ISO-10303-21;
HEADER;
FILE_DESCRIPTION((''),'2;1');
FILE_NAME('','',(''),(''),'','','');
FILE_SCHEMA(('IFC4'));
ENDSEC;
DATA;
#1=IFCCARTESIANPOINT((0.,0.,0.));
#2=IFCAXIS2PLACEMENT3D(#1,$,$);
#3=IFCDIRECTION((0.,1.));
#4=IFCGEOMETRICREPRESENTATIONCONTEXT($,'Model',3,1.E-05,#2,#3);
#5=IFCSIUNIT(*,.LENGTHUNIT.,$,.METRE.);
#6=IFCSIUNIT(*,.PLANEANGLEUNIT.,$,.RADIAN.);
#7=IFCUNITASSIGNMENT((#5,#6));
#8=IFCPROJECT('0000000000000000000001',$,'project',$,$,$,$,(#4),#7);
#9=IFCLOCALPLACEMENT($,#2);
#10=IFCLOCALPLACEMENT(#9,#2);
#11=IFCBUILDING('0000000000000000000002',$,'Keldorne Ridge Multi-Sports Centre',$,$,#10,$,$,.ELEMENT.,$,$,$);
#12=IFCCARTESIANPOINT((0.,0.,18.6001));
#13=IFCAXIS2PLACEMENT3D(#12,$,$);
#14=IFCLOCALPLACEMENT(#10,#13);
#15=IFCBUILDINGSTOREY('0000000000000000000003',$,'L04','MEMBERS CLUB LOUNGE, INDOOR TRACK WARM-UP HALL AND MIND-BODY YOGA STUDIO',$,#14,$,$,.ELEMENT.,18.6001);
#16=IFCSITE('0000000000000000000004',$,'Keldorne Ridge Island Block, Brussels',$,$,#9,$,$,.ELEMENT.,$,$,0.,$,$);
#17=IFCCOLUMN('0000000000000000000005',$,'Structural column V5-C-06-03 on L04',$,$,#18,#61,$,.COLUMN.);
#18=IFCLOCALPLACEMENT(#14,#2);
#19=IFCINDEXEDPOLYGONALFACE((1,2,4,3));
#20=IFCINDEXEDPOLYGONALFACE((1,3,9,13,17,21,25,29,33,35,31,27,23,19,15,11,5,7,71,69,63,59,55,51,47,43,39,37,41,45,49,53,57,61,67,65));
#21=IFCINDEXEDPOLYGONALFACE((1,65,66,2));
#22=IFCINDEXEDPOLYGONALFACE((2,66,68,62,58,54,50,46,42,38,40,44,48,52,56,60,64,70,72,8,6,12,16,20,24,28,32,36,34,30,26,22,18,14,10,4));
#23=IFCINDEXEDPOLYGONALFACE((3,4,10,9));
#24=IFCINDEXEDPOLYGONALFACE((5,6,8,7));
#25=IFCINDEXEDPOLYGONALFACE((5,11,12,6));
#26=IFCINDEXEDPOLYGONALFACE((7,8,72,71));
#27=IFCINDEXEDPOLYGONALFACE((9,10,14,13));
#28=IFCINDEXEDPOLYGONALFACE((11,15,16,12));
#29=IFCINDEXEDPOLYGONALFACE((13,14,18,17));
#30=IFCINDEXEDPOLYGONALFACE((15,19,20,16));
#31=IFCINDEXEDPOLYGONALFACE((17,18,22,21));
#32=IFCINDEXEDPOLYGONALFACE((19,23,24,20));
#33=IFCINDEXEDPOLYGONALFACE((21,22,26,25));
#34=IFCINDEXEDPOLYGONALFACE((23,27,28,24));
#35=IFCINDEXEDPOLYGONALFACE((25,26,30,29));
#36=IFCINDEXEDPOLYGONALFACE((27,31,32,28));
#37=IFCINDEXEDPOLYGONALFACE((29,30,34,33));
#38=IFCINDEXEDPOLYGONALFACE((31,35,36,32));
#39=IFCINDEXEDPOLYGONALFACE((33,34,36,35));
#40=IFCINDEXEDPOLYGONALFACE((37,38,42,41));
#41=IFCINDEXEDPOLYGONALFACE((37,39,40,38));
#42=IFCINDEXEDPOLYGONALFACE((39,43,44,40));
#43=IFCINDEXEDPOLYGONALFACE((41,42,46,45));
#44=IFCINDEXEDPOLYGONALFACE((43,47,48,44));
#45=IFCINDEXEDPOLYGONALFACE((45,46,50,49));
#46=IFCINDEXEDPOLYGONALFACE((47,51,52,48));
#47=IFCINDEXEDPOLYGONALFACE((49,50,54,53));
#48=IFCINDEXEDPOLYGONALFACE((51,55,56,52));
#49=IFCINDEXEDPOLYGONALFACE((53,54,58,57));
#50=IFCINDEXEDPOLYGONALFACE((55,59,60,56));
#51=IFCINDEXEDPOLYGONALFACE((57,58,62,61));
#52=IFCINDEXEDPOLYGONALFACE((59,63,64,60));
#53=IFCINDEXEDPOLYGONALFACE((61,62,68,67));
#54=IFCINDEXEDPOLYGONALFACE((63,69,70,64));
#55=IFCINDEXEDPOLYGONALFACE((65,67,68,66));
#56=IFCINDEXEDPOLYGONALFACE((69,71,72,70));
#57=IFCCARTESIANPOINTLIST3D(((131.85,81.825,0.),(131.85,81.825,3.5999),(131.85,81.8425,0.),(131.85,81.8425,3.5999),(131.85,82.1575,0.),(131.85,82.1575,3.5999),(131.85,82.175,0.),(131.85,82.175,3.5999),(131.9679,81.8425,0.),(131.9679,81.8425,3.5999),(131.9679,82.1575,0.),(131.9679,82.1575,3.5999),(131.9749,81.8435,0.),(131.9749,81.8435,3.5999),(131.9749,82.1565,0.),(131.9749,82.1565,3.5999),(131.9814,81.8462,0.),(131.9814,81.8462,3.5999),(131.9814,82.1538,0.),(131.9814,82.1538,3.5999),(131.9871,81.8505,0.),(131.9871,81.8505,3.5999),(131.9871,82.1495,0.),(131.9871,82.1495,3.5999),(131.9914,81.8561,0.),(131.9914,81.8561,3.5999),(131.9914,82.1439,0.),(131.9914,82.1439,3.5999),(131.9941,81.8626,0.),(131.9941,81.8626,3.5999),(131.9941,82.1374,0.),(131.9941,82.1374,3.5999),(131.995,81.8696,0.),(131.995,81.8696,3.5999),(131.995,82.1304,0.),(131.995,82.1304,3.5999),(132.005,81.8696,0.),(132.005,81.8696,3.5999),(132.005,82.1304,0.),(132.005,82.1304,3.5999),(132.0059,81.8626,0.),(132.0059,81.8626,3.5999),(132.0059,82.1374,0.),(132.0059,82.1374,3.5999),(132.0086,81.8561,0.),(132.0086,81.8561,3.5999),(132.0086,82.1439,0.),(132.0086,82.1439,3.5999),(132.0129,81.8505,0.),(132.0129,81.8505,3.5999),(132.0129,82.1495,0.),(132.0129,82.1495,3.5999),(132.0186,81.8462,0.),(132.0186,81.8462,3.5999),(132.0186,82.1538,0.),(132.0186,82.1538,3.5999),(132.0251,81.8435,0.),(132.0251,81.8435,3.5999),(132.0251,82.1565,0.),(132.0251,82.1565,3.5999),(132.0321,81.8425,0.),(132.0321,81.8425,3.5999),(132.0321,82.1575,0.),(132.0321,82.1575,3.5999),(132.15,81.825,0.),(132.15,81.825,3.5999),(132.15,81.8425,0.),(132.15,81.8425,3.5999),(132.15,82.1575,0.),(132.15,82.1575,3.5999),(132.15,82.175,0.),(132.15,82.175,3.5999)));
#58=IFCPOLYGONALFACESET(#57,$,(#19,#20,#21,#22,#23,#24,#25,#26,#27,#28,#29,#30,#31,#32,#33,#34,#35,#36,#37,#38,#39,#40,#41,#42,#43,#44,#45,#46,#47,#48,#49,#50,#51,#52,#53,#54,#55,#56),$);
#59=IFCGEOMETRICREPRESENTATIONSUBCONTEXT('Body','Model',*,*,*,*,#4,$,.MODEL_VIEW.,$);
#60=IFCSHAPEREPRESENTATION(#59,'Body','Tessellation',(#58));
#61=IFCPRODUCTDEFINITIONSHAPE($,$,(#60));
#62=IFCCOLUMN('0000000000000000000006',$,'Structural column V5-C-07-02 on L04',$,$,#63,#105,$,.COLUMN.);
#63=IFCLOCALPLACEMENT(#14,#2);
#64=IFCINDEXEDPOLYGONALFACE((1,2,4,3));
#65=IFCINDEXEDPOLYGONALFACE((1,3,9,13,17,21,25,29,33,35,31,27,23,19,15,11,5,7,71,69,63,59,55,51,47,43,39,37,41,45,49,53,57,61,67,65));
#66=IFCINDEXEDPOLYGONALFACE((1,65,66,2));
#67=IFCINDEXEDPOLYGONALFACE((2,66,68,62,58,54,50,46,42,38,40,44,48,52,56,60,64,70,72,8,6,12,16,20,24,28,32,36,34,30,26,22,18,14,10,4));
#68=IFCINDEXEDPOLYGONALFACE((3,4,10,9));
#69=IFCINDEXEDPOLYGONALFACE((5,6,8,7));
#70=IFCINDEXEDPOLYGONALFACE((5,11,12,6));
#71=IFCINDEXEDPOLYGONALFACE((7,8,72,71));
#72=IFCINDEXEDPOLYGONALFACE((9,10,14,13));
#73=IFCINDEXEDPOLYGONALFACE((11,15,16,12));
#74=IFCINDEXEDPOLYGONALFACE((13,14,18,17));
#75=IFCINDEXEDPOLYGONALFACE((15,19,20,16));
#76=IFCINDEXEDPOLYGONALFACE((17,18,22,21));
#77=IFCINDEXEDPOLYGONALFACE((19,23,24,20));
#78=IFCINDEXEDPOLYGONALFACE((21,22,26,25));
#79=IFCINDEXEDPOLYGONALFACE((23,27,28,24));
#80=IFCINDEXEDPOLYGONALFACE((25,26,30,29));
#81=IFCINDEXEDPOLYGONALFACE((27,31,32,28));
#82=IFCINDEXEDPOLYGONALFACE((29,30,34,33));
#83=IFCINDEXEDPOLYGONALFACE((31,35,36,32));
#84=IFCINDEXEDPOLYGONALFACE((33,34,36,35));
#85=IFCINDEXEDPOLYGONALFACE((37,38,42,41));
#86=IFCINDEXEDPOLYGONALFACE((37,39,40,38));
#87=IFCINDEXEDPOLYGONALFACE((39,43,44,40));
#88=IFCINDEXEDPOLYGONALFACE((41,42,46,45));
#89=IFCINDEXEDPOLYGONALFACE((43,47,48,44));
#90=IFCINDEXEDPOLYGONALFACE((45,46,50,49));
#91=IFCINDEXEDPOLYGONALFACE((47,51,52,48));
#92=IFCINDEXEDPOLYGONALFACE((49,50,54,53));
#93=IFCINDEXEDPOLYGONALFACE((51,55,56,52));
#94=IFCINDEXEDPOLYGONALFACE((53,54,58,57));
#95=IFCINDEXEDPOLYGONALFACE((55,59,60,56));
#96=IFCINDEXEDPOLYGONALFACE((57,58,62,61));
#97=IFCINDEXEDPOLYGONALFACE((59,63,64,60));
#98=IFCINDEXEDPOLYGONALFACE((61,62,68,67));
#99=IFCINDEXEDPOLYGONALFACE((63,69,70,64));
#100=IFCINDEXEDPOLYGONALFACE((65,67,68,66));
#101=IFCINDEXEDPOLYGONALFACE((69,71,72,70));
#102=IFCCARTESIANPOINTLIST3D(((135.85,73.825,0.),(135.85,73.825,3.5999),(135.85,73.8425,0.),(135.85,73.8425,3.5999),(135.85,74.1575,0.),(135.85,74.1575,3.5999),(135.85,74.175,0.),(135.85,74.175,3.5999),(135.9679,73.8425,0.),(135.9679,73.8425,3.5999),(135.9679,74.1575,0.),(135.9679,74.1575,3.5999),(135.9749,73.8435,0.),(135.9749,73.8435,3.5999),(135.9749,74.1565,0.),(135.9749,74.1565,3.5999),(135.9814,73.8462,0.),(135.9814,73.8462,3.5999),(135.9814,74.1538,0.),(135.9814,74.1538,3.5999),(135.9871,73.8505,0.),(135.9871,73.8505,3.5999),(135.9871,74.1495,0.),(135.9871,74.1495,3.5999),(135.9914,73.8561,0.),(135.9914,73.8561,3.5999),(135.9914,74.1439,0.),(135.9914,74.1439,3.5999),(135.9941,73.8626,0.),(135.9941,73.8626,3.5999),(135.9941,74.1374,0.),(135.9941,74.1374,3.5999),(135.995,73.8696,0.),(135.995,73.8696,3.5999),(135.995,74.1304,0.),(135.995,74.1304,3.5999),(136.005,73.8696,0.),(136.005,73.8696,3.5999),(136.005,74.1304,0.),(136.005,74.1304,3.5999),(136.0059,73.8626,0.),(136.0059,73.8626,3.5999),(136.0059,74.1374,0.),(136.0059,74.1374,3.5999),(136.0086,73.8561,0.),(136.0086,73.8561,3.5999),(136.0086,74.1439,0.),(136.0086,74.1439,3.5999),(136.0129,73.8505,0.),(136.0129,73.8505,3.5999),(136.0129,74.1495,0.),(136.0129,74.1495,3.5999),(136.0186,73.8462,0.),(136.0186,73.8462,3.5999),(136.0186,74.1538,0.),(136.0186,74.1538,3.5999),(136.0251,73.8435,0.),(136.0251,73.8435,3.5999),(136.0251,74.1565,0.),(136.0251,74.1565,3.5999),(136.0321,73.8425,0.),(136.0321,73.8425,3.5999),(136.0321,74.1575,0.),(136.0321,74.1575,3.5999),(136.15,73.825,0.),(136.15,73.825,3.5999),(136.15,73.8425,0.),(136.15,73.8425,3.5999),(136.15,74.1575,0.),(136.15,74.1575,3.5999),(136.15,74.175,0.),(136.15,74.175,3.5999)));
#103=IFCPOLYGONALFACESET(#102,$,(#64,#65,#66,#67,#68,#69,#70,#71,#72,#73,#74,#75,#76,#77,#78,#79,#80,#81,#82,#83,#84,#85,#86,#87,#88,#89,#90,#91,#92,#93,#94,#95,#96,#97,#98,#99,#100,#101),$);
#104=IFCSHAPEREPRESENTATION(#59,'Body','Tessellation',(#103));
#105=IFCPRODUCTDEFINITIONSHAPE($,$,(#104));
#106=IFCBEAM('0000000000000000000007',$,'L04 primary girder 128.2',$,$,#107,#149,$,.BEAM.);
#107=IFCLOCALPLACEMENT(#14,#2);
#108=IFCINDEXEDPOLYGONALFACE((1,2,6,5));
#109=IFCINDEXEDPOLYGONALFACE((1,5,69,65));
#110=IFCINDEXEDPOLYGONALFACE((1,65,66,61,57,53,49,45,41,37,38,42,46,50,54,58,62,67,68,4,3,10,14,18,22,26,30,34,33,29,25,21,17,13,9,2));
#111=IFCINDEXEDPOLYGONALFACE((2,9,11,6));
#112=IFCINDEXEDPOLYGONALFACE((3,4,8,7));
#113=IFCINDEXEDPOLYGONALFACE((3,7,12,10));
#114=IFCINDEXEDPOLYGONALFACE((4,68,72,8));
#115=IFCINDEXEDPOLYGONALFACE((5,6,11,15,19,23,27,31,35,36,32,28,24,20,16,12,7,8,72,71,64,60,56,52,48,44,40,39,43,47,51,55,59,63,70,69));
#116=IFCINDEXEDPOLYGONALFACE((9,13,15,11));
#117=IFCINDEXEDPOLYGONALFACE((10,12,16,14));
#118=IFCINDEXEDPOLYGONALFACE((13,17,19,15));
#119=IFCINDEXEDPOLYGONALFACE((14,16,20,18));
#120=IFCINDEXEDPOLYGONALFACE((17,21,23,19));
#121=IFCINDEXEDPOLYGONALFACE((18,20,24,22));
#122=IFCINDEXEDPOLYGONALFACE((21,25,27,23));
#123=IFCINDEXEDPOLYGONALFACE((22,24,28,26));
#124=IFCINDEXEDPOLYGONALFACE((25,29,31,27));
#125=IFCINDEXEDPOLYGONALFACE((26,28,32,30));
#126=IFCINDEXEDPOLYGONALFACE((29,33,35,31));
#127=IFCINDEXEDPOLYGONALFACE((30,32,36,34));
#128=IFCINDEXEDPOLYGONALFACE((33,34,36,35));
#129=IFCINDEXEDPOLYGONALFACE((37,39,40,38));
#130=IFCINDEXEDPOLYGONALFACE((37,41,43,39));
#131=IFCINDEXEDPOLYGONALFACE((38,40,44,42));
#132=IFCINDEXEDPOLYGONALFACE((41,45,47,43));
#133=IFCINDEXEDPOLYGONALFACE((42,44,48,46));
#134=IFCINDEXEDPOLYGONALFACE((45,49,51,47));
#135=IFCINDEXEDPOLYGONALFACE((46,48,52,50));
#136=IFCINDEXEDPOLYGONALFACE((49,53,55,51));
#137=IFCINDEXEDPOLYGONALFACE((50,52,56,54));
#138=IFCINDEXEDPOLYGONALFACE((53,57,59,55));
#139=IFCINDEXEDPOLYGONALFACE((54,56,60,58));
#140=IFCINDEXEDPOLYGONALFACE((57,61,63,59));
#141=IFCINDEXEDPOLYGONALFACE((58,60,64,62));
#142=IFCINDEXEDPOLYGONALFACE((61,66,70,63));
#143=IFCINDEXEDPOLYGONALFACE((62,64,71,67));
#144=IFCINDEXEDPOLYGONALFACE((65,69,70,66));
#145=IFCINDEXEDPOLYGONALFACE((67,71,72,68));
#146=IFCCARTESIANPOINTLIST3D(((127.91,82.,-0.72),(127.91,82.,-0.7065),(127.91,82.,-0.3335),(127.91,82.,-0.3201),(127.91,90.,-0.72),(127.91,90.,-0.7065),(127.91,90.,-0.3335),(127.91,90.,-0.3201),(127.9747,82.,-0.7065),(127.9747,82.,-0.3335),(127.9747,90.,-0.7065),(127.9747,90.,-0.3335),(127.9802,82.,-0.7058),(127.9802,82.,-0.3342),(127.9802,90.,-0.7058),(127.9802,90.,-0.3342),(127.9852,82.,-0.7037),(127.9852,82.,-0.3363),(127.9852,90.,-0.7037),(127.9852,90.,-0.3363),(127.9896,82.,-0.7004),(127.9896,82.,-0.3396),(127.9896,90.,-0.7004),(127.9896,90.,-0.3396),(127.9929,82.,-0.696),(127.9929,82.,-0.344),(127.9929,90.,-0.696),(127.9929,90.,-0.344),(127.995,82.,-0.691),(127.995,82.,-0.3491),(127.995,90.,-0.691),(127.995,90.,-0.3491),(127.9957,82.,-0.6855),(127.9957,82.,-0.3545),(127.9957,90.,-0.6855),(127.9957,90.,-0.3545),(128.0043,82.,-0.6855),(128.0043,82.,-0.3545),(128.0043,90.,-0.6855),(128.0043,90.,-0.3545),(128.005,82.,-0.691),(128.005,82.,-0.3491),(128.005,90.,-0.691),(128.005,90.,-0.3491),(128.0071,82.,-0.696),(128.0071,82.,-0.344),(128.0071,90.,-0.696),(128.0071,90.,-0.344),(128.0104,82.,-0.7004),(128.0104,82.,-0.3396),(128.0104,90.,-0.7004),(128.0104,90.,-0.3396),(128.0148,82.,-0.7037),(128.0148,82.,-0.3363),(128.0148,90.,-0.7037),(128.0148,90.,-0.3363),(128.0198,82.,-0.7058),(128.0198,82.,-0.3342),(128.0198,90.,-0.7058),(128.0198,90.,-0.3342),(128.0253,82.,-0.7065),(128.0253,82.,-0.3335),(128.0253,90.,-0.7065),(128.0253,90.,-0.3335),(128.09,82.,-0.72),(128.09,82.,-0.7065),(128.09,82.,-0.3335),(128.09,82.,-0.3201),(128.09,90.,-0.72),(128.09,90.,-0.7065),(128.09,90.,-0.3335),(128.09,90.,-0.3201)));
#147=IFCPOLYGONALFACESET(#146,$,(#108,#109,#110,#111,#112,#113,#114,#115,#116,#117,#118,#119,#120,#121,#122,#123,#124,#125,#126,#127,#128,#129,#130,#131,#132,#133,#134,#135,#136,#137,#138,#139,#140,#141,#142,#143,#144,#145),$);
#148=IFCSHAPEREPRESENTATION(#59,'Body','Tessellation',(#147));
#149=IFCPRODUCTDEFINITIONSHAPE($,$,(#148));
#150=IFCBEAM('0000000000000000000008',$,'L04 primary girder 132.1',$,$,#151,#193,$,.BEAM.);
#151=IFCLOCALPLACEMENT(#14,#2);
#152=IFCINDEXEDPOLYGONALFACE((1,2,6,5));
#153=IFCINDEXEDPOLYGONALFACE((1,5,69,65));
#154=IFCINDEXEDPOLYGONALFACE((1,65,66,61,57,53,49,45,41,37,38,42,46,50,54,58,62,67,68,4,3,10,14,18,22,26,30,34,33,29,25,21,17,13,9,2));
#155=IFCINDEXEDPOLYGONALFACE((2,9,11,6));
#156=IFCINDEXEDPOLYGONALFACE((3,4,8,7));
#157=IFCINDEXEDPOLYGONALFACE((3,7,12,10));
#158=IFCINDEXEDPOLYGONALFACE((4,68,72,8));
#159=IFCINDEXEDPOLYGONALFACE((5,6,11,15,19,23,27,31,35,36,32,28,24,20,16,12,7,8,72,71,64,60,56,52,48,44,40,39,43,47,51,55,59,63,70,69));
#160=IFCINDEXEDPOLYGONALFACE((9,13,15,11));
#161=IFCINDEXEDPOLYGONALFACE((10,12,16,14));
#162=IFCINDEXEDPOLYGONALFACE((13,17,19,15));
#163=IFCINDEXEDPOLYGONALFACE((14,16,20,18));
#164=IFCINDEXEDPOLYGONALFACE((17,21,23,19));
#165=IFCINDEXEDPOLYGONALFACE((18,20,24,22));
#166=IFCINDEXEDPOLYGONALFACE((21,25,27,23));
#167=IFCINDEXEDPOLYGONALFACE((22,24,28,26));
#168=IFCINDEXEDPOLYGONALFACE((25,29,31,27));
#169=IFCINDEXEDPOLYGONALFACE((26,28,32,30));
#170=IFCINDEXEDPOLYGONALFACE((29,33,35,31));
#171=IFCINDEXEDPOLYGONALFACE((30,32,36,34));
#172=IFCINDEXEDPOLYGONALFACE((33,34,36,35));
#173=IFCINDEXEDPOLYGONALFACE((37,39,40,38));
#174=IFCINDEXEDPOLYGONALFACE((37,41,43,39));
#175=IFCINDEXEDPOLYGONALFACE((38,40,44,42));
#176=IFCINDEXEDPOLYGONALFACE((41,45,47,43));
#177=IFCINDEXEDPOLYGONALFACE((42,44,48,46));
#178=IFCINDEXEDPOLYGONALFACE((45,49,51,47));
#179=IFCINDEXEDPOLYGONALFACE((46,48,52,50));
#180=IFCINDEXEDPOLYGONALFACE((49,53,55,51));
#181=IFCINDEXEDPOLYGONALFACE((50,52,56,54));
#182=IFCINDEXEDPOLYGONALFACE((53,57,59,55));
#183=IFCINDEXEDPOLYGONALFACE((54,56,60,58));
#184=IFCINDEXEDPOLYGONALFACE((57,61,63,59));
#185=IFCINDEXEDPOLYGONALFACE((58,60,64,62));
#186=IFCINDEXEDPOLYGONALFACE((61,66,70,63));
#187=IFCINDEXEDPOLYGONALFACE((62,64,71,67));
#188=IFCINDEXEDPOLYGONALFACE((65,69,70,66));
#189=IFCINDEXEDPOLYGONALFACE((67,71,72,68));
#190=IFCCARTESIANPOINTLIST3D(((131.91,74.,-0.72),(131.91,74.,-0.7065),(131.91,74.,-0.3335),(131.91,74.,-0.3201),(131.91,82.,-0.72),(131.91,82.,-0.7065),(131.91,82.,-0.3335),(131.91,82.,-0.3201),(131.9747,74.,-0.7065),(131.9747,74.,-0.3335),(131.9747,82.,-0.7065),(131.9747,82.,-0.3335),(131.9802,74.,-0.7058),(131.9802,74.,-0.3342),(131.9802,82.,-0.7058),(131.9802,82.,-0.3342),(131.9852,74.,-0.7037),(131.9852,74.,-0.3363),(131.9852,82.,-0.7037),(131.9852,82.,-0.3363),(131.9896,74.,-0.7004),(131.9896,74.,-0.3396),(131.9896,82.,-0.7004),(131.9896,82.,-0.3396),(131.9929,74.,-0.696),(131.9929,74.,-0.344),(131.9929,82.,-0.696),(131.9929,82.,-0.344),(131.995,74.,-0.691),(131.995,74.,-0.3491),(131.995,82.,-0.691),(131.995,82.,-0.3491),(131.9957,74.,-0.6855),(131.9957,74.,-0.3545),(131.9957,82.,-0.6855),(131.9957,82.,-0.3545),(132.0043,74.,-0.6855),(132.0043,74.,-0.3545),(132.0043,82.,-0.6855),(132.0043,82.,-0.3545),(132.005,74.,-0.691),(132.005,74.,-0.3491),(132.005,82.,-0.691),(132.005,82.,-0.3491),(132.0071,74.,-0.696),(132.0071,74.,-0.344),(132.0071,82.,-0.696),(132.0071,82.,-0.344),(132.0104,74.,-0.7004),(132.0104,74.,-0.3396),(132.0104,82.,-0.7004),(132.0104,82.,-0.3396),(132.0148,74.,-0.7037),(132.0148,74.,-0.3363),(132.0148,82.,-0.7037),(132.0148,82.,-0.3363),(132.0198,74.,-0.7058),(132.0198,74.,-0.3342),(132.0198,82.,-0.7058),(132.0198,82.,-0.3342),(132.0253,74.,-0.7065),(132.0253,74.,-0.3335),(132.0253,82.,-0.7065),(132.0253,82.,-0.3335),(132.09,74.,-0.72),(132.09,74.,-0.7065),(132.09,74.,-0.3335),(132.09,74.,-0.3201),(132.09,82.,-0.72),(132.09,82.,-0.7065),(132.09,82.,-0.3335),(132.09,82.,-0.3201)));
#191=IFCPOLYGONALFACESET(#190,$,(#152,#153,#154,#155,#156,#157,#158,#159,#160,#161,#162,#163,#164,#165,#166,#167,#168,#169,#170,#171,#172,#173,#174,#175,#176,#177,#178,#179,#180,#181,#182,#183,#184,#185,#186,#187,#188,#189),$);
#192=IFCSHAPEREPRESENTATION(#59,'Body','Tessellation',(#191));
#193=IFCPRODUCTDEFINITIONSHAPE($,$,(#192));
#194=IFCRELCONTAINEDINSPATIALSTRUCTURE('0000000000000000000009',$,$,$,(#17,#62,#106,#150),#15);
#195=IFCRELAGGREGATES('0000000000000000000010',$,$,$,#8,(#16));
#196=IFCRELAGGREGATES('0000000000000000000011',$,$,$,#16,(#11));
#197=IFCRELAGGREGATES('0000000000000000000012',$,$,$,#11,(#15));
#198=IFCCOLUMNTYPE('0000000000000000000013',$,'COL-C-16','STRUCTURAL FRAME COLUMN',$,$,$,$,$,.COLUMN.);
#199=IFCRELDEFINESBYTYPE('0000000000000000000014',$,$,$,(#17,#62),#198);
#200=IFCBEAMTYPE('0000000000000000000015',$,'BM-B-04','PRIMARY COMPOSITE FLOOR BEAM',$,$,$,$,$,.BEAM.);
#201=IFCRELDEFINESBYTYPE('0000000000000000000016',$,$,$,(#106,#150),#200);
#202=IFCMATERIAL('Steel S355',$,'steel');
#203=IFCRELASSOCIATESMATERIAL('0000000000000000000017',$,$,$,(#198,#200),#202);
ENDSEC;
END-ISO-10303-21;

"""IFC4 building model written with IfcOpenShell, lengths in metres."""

from ifc_helpers import new_model, si_unit, direction, frame, origin, origin_2d, place, context, subcontext, project, spatial, i_section, extrude, material, material_profile, profile_set, type_object, element, save


model = new_model("IFC4")

# Units and contexts
model_context = context("Model", 3, precision=1e-05, world=origin(), true_north=direction((0.0, 1.0)))
body_context = subcontext(model_context, "Body", "Model", "MODEL_VIEW")
ifc_project = project(units=[si_unit("LENGTHUNIT", "METRE"), si_unit("PLANEANGLEUNIT", "RADIAN")], contexts=[model_context])

# Site, building, storey
site_placement = place(None, origin())
site = spatial("IfcSite", under=ifc_project, at=site_placement, Name="Keldorne Ridge Island Block, Brussels", CompositionType="ELEMENT", RefElevation=0.0)
building_placement = place(site_placement, origin())
building = spatial("IfcBuilding", under=site, at=building_placement, Name="Keldorne Ridge Multi-Sports Centre", CompositionType="ELEMENT")
storey_placement = place(building_placement, frame((0.0, 0.0, 18.6001)))
storey = spatial("IfcBuildingStorey", under=building, at=storey_placement, Name="L04", Description="MEMBERS CLUB LOUNGE, INDOOR TRACK WARM-UP HALL AND MIND-BODY YOGA STUDIO", CompositionType="ELEMENT", Elevation=18.6001)

# Columns
ifc_material_1 = material(Name="Steel S355", Category="steel")
ifc_material_profile_1 = material_profile(ifc_material_1, i_section(OverallWidth=0.3, OverallDepth=0.3501, WebThickness=0.01, FlangeThickness=0.0176, FilletRadius=0.0271, at=origin_2d()), Name="HEA 360")
ifc_profile_set_1 = profile_set([ifc_material_profile_1], Name="Steel S355")
column_type = type_object("IfcColumnType", Name="COL-C-16", Description="STRUCTURAL FRAME COLUMN", PredefinedType="COLUMN", material=ifc_profile_set_1)
for number, where, z_axis, x_axis, name in (
    (1, (132.0, 82.0, 0.0), (0.0, 0.0, 1.0), (1.0, 0.0, 0.0), "Structural column V5-C-06-03 on L04"),
    (2, (136.0, 74.0, 0.0), (0.0, 0.0, 1.0), (1.0, 0.0, 0.0), "Structural column V5-C-07-02 on L04"),
):
    element("IfcColumn", number, at=place(storey_placement, frame(where, z_axis=z_axis, x_axis=x_axis)), inside=storey, type_object=column_type, Name=name, PredefinedType="COLUMN", context=body_context, shape_type="SweptSolid", body=[
        extrude(i_section(OverallWidth=0.3, OverallDepth=0.3501, WebThickness=0.01, FlangeThickness=0.0176, FilletRadius=0.0271, at=origin_2d()), origin(), (0.0, 0.0, 1.0), 3.5999),
    ])

# Beams
ifc_material_profile_2 = material_profile(ifc_material_1, i_section(OverallWidth=0.1799, OverallDepth=0.3999, WebThickness=0.0085, FlangeThickness=0.0134, FilletRadius=0.021, at=origin_2d()), Name="IPE 400")
ifc_profile_set_2 = profile_set([ifc_material_profile_2], Name="Steel S355")
beam_type_1 = type_object("IfcBeamType", Name="BM-B-04", Description="PRIMARY COMPOSITE FLOOR BEAM", PredefinedType="BEAM", material=ifc_profile_set_2)
for number, where, z_axis, x_axis, name in (
    (3, (128.0, 82.0, -0.52), (0.0, 1.0, 0.0), (-1.0, 0.0, 0.0), "L04 primary girder 128.2"),
    (4, (132.0, 74.0, -0.52), (0.0, 1.0, 0.0), (-1.0, 0.0, 0.0), "L04 primary girder 132.1"),
):
    element("IfcBeam", number, at=place(storey_placement, frame(where, z_axis=z_axis, x_axis=x_axis)), inside=storey, type_object=beam_type_1, Name=name, PredefinedType="BEAM", context=body_context, shape_type="SweptSolid", body=[
        extrude(i_section(OverallWidth=0.1799, OverallDepth=0.3999, WebThickness=0.0085, FlangeThickness=0.0134, FilletRadius=0.021, at=origin_2d()), origin(), (0.0, 0.0, 1.0), 8.0),
    ])

save(model, "model.ifc")
